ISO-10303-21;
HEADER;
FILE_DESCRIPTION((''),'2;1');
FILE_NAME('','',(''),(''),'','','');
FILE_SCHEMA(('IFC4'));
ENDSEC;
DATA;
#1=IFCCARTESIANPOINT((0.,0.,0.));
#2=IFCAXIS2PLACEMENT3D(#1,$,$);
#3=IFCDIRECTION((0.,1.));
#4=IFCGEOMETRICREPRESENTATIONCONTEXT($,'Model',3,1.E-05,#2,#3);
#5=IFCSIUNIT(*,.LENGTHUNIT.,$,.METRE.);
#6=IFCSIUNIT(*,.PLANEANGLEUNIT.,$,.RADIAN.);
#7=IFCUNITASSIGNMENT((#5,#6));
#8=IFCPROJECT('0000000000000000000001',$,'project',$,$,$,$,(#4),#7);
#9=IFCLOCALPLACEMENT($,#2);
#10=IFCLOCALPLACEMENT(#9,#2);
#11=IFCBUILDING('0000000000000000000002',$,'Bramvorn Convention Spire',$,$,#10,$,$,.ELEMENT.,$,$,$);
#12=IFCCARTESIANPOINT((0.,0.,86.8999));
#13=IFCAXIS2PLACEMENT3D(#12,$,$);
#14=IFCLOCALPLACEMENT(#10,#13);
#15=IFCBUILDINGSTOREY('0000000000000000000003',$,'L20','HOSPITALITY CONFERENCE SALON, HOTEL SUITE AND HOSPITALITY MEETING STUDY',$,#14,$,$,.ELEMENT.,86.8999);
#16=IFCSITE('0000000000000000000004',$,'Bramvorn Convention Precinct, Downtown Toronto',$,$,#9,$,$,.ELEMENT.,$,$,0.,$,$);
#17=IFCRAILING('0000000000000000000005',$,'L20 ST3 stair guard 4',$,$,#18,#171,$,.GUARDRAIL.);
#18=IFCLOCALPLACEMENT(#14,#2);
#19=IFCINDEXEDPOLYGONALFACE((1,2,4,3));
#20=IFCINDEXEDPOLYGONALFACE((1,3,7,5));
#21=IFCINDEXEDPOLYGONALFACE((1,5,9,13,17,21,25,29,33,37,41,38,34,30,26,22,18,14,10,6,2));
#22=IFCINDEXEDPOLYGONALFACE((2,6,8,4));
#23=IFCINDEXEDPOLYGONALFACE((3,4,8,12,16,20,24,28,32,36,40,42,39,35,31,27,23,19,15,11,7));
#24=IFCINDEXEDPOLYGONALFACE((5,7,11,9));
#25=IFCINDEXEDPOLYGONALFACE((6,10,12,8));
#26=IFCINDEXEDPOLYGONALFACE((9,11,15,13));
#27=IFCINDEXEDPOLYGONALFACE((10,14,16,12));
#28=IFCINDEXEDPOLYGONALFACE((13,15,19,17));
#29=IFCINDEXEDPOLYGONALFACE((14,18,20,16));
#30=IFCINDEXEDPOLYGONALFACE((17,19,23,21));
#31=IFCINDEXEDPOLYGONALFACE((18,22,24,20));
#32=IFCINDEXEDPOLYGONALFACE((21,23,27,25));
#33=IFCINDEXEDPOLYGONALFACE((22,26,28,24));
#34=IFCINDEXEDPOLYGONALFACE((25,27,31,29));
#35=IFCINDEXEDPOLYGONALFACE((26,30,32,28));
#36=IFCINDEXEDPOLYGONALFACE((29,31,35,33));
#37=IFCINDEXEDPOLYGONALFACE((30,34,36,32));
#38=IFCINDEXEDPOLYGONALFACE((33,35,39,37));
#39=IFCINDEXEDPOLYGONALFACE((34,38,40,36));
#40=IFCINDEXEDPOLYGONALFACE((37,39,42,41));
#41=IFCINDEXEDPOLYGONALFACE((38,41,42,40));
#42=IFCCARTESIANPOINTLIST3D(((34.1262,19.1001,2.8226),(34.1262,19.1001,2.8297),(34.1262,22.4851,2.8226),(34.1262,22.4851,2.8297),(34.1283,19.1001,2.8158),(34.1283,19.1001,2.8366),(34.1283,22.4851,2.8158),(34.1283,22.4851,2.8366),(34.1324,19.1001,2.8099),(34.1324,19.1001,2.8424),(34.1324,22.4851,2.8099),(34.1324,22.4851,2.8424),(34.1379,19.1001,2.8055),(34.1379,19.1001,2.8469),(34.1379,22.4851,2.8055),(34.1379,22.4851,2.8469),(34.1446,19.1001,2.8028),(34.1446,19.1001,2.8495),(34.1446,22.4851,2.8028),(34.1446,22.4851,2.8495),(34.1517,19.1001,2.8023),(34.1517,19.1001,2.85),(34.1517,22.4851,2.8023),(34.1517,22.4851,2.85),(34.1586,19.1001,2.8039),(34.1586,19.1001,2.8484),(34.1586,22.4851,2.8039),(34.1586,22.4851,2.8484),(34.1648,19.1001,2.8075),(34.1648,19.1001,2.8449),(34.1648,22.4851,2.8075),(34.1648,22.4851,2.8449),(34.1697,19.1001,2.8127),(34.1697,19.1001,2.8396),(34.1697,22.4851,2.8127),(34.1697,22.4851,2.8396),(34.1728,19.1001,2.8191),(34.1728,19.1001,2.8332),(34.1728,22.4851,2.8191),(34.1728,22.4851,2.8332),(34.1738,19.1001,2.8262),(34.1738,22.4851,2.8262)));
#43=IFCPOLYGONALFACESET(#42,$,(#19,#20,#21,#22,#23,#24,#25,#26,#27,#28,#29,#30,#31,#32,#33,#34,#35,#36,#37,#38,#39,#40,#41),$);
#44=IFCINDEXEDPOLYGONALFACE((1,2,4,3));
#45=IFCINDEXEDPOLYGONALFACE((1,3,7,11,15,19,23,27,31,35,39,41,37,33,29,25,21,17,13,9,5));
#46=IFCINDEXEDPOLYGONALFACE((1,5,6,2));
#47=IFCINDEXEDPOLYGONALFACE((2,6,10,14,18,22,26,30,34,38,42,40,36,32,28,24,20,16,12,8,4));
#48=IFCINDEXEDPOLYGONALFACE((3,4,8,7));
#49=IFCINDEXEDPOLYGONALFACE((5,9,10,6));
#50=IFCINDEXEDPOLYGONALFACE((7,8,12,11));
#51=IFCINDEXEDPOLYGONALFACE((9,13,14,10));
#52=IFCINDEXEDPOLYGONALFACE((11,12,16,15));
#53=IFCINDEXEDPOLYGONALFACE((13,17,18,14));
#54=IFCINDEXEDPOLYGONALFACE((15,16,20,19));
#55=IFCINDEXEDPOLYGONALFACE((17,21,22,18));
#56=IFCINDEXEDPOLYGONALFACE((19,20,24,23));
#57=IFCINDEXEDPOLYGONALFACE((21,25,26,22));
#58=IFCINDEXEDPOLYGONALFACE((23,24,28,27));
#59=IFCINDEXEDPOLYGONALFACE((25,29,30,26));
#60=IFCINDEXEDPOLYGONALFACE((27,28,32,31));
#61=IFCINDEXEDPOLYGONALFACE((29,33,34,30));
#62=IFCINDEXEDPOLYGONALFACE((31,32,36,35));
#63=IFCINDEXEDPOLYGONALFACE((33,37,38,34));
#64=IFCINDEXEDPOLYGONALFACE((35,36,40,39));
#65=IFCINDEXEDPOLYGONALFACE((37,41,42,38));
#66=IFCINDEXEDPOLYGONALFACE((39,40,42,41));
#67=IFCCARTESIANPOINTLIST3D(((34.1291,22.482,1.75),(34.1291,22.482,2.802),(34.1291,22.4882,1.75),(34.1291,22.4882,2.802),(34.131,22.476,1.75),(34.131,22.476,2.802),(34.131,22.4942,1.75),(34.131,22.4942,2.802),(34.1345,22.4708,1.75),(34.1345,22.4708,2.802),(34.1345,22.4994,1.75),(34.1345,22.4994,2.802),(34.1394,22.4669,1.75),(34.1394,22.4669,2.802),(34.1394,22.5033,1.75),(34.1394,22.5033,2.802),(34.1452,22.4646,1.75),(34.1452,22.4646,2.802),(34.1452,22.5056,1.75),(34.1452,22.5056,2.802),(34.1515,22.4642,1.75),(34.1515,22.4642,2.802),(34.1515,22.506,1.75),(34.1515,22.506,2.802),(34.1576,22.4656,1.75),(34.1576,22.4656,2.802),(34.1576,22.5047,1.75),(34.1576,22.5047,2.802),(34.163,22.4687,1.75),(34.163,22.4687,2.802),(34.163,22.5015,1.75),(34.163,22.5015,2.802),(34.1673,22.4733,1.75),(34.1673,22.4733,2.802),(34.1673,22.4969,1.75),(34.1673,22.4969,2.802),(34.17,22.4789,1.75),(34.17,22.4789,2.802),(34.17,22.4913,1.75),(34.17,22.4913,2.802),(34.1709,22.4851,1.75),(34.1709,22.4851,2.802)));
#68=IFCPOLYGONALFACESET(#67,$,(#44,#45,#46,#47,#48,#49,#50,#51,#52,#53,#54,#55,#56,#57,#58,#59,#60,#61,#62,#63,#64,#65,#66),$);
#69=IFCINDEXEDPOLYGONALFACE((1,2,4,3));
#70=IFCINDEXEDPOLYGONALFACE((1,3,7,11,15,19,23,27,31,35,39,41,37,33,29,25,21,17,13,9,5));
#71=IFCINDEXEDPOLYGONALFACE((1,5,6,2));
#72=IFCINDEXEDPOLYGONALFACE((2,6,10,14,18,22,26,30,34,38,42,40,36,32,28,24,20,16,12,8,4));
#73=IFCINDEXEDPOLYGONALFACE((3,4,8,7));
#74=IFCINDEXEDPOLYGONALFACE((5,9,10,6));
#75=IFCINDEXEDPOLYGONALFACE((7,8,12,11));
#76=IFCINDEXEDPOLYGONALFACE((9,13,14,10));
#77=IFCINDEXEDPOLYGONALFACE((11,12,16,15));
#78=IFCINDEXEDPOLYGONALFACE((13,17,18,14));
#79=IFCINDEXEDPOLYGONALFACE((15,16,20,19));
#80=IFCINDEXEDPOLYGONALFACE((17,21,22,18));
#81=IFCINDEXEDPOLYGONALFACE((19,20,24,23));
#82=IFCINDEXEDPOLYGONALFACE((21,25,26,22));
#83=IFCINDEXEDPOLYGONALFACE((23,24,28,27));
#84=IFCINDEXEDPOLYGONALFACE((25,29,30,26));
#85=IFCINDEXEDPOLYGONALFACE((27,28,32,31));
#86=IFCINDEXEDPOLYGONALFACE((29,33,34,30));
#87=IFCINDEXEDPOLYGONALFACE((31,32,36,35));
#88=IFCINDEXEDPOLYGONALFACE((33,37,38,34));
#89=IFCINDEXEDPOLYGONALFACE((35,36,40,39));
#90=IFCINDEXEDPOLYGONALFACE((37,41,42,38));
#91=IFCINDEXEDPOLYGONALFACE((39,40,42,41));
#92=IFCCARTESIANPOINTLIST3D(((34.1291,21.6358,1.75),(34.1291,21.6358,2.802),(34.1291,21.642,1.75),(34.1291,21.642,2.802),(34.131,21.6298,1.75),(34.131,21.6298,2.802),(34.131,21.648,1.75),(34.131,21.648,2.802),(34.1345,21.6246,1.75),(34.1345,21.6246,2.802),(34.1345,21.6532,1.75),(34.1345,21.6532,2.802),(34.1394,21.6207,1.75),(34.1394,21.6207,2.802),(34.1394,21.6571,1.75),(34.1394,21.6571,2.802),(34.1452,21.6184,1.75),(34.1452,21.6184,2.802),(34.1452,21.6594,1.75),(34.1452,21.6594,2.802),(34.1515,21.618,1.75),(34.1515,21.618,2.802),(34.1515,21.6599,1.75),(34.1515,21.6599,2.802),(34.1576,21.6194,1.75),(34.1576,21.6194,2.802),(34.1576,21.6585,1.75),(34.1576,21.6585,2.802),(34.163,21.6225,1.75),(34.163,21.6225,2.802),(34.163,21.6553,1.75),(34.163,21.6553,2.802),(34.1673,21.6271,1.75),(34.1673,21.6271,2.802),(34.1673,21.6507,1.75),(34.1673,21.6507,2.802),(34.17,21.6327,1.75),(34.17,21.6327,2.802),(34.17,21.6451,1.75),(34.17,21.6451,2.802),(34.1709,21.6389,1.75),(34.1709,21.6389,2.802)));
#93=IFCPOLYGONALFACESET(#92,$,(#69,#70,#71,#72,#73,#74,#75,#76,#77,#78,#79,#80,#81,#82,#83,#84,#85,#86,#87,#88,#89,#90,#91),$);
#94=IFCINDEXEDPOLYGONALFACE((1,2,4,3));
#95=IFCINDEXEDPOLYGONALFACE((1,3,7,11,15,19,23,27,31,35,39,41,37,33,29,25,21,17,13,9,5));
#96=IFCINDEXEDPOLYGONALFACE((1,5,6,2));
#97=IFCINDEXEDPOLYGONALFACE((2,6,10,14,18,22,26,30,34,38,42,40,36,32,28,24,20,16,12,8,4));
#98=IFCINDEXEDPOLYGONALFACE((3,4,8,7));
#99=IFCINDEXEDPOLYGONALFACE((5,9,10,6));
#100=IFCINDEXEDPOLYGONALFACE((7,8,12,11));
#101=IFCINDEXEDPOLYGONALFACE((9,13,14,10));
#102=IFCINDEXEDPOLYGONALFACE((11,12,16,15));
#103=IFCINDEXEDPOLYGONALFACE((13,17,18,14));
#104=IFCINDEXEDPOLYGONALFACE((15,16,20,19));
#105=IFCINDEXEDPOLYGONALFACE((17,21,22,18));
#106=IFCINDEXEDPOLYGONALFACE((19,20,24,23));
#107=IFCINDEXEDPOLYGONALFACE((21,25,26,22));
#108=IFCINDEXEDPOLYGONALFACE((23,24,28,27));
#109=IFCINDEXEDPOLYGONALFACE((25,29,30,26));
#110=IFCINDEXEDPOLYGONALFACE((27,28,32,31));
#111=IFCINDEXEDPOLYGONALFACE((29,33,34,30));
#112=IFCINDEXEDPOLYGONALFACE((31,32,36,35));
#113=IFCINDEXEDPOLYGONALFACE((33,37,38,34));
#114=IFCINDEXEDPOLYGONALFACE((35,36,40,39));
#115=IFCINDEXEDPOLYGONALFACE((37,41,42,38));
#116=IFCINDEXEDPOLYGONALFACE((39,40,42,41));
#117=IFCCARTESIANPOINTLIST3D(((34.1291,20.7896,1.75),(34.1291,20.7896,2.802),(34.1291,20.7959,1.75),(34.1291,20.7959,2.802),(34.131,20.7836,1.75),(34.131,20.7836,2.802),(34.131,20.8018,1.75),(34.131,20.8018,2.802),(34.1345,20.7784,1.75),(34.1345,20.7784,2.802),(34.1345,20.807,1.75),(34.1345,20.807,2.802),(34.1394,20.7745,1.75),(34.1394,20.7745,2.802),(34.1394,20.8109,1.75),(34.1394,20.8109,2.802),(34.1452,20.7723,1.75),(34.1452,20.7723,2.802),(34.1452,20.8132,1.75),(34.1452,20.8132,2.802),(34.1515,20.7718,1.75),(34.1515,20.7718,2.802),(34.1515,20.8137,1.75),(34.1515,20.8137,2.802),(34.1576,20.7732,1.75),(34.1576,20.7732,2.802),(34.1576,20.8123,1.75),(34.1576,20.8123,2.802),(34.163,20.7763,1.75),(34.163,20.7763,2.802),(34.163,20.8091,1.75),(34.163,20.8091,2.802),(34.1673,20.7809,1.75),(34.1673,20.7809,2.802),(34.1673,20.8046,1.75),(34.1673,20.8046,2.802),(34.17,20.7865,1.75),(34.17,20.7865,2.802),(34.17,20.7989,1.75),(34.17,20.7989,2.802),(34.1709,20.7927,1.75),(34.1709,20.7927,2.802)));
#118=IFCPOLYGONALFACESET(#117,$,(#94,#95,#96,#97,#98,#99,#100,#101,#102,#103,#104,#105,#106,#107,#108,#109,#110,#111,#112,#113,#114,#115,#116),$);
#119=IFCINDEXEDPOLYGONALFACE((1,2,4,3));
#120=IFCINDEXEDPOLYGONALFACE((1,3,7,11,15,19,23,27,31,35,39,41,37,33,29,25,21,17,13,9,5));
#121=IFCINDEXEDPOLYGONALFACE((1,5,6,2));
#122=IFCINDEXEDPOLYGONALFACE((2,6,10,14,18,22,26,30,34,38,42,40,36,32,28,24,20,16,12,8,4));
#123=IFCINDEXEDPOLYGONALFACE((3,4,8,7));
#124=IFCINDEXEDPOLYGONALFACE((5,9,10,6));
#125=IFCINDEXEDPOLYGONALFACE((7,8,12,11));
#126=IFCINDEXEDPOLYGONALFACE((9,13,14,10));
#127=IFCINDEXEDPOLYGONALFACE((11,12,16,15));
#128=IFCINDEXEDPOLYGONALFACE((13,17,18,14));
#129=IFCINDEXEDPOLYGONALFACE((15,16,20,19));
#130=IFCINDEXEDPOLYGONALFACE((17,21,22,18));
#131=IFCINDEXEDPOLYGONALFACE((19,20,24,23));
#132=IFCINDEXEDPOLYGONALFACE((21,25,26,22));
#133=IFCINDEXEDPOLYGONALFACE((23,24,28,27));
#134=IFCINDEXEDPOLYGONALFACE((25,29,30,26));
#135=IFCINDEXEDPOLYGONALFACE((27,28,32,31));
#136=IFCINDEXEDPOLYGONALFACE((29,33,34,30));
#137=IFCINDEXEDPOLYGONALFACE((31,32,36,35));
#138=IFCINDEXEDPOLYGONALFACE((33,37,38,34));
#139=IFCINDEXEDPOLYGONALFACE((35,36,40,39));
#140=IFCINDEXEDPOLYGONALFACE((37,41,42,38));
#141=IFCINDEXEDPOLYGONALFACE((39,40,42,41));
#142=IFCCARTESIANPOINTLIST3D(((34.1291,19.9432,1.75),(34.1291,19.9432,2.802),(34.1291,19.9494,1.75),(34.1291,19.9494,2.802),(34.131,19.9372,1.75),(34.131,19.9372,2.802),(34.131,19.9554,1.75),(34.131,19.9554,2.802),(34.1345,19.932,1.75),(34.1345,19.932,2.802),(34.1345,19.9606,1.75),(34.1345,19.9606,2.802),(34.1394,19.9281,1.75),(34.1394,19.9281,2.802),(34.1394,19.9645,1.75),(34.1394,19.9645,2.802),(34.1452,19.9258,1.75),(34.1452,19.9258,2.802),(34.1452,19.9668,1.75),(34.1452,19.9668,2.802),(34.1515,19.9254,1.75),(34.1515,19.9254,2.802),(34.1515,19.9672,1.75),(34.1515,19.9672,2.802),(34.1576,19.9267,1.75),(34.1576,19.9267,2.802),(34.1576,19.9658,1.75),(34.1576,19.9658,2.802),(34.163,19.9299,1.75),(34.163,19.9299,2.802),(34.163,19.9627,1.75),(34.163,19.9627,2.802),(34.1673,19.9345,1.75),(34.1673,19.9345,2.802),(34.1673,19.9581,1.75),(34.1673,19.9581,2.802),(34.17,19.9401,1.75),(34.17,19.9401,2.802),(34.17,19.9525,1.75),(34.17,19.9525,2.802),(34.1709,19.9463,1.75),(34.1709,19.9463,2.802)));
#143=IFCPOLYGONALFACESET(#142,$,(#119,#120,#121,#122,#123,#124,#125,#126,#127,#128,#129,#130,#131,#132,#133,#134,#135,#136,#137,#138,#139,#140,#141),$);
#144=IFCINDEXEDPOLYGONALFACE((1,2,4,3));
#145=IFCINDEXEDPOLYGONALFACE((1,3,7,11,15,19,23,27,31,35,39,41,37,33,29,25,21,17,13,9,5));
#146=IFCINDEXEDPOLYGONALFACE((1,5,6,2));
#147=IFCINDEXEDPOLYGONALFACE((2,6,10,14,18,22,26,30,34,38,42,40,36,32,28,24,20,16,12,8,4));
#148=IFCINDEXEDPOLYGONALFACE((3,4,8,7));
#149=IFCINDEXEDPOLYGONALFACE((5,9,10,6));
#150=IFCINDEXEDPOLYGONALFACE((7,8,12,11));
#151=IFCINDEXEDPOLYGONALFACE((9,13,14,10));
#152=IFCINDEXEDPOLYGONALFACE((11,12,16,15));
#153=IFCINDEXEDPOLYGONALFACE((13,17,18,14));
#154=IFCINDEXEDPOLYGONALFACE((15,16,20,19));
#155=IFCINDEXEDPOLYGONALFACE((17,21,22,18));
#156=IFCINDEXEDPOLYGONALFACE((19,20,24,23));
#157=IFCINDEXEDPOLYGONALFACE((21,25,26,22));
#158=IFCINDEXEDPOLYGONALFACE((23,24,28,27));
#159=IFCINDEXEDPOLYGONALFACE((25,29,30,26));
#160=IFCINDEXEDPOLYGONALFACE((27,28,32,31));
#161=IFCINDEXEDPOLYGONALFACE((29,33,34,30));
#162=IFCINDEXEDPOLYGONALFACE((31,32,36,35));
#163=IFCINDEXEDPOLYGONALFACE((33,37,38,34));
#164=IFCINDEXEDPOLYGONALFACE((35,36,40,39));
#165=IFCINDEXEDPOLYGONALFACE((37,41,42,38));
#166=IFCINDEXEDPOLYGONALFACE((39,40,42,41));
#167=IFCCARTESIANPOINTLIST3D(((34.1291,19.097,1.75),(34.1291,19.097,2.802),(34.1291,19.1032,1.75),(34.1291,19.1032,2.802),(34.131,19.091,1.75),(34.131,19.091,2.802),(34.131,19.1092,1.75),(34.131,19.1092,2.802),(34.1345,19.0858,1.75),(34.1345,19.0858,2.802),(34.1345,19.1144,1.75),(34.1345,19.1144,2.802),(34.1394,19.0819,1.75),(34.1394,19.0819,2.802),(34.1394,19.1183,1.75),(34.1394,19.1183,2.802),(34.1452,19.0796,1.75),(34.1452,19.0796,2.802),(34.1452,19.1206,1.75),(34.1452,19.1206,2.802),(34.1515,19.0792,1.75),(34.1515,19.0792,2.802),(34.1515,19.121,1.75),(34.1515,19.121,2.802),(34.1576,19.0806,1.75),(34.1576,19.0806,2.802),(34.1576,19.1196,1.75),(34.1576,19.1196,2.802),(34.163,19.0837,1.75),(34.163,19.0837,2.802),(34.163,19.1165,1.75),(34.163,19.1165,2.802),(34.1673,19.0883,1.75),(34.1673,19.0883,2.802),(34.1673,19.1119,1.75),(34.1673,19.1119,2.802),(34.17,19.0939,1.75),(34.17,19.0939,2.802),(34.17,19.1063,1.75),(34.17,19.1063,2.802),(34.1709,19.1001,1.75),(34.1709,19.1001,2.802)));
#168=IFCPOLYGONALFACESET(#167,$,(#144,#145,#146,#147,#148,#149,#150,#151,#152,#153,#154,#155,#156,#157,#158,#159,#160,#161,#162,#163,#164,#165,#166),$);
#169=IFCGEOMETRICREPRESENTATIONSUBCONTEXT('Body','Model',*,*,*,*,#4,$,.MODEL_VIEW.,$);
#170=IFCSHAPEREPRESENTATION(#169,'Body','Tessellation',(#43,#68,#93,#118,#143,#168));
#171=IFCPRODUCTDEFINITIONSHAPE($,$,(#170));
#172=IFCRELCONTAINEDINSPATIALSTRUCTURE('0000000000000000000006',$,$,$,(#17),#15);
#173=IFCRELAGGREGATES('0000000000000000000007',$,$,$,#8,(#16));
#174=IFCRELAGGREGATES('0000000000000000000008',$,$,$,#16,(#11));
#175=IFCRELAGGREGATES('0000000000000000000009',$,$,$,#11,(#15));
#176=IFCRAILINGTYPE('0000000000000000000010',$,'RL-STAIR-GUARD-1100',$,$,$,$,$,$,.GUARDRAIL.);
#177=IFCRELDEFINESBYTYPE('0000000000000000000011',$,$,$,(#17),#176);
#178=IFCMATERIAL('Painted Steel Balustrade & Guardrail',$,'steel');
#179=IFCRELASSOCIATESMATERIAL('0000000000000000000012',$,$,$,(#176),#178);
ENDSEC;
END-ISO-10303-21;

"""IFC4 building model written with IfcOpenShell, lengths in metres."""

from ifc_helpers import new_model, si_unit, direction, frame, origin, origin_2d, place, context, subcontext, project, spatial, circle, extrude, material, type_object, element, save


model = new_model("IFC4")

# Units and contexts
model_context = context("Model", 3, precision=1e-05, world=origin(), true_north=direction((0.0, 1.0)))
body_context = subcontext(model_context, "Body", "Model", "MODEL_VIEW")
ifc_project = project(units=[si_unit("LENGTHUNIT", "METRE"), si_unit("PLANEANGLEUNIT", "RADIAN")], contexts=[model_context])

# Site, building, storey
site_placement = place(None, origin())
site = spatial("IfcSite", under=ifc_project, at=site_placement, Name="Bramvorn Convention Precinct, Downtown Toronto", CompositionType="ELEMENT", RefElevation=0.0)
building_placement = place(site_placement, origin())
building = spatial("IfcBuilding", under=site, at=building_placement, Name="Bramvorn Convention Spire", CompositionType="ELEMENT")
storey_placement = place(building_placement, frame((0.0, 0.0, 86.8999)))
storey = spatial("IfcBuildingStorey", under=building, at=storey_placement, Name="L20", Description="HOSPITALITY CONFERENCE SALON, HOTEL SUITE AND HOSPITALITY MEETING STUDY", CompositionType="ELEMENT", Elevation=86.8999)

# Railing
ifc_material_1 = material(Name="Painted Steel Balustrade & Guardrail", Category="steel")
railing_type_1 = type_object("IfcRailingType", Name="RL-STAIR-GUARD-1100", PredefinedType="GUARDRAIL", material=ifc_material_1)
for number, where, name in (
    (1, (34.1499, 22.4851, 1.75), "L20 ST3 stair guard 4"),
):
    element("IfcRailing", number, at=place(storey_placement, frame(where)), inside=storey, type_object=railing_type_1, Name=name, PredefinedType="GUARDRAIL", context=body_context, shape_type="SweptSolid", body=[
        extrude(circle(Radius=0.0239, at=origin_2d()), frame((0.0, 0.0, 1.0762), z_axis=(0.0, -1.0, 0.0), x_axis=(1.0, 0.0, 0.0)), (0.0, 0.0, 1.0), 3.385),
        extrude(circle(Radius=0.021, at=origin_2d()), origin(), (0.0, 0.0, 1.0), 1.052),
        extrude(circle(Radius=0.021, at=origin_2d()), frame((0.0, -0.8462, 0.0)), (0.0, 0.0, 1.0), 1.052),
        extrude(circle(Radius=0.021, at=origin_2d()), frame((0.0, -1.6924, 0.0)), (0.0, 0.0, 1.0), 1.052),
        extrude(circle(Radius=0.021, at=origin_2d()), frame((0.0, -2.5388, 0.0)), (0.0, 0.0, 1.0), 1.052),
        extrude(circle(Radius=0.021, at=origin_2d()), frame((0.0, -3.385, 0.0)), (0.0, 0.0, 1.0), 1.052),
    ])

save(model, "model.ifc")
